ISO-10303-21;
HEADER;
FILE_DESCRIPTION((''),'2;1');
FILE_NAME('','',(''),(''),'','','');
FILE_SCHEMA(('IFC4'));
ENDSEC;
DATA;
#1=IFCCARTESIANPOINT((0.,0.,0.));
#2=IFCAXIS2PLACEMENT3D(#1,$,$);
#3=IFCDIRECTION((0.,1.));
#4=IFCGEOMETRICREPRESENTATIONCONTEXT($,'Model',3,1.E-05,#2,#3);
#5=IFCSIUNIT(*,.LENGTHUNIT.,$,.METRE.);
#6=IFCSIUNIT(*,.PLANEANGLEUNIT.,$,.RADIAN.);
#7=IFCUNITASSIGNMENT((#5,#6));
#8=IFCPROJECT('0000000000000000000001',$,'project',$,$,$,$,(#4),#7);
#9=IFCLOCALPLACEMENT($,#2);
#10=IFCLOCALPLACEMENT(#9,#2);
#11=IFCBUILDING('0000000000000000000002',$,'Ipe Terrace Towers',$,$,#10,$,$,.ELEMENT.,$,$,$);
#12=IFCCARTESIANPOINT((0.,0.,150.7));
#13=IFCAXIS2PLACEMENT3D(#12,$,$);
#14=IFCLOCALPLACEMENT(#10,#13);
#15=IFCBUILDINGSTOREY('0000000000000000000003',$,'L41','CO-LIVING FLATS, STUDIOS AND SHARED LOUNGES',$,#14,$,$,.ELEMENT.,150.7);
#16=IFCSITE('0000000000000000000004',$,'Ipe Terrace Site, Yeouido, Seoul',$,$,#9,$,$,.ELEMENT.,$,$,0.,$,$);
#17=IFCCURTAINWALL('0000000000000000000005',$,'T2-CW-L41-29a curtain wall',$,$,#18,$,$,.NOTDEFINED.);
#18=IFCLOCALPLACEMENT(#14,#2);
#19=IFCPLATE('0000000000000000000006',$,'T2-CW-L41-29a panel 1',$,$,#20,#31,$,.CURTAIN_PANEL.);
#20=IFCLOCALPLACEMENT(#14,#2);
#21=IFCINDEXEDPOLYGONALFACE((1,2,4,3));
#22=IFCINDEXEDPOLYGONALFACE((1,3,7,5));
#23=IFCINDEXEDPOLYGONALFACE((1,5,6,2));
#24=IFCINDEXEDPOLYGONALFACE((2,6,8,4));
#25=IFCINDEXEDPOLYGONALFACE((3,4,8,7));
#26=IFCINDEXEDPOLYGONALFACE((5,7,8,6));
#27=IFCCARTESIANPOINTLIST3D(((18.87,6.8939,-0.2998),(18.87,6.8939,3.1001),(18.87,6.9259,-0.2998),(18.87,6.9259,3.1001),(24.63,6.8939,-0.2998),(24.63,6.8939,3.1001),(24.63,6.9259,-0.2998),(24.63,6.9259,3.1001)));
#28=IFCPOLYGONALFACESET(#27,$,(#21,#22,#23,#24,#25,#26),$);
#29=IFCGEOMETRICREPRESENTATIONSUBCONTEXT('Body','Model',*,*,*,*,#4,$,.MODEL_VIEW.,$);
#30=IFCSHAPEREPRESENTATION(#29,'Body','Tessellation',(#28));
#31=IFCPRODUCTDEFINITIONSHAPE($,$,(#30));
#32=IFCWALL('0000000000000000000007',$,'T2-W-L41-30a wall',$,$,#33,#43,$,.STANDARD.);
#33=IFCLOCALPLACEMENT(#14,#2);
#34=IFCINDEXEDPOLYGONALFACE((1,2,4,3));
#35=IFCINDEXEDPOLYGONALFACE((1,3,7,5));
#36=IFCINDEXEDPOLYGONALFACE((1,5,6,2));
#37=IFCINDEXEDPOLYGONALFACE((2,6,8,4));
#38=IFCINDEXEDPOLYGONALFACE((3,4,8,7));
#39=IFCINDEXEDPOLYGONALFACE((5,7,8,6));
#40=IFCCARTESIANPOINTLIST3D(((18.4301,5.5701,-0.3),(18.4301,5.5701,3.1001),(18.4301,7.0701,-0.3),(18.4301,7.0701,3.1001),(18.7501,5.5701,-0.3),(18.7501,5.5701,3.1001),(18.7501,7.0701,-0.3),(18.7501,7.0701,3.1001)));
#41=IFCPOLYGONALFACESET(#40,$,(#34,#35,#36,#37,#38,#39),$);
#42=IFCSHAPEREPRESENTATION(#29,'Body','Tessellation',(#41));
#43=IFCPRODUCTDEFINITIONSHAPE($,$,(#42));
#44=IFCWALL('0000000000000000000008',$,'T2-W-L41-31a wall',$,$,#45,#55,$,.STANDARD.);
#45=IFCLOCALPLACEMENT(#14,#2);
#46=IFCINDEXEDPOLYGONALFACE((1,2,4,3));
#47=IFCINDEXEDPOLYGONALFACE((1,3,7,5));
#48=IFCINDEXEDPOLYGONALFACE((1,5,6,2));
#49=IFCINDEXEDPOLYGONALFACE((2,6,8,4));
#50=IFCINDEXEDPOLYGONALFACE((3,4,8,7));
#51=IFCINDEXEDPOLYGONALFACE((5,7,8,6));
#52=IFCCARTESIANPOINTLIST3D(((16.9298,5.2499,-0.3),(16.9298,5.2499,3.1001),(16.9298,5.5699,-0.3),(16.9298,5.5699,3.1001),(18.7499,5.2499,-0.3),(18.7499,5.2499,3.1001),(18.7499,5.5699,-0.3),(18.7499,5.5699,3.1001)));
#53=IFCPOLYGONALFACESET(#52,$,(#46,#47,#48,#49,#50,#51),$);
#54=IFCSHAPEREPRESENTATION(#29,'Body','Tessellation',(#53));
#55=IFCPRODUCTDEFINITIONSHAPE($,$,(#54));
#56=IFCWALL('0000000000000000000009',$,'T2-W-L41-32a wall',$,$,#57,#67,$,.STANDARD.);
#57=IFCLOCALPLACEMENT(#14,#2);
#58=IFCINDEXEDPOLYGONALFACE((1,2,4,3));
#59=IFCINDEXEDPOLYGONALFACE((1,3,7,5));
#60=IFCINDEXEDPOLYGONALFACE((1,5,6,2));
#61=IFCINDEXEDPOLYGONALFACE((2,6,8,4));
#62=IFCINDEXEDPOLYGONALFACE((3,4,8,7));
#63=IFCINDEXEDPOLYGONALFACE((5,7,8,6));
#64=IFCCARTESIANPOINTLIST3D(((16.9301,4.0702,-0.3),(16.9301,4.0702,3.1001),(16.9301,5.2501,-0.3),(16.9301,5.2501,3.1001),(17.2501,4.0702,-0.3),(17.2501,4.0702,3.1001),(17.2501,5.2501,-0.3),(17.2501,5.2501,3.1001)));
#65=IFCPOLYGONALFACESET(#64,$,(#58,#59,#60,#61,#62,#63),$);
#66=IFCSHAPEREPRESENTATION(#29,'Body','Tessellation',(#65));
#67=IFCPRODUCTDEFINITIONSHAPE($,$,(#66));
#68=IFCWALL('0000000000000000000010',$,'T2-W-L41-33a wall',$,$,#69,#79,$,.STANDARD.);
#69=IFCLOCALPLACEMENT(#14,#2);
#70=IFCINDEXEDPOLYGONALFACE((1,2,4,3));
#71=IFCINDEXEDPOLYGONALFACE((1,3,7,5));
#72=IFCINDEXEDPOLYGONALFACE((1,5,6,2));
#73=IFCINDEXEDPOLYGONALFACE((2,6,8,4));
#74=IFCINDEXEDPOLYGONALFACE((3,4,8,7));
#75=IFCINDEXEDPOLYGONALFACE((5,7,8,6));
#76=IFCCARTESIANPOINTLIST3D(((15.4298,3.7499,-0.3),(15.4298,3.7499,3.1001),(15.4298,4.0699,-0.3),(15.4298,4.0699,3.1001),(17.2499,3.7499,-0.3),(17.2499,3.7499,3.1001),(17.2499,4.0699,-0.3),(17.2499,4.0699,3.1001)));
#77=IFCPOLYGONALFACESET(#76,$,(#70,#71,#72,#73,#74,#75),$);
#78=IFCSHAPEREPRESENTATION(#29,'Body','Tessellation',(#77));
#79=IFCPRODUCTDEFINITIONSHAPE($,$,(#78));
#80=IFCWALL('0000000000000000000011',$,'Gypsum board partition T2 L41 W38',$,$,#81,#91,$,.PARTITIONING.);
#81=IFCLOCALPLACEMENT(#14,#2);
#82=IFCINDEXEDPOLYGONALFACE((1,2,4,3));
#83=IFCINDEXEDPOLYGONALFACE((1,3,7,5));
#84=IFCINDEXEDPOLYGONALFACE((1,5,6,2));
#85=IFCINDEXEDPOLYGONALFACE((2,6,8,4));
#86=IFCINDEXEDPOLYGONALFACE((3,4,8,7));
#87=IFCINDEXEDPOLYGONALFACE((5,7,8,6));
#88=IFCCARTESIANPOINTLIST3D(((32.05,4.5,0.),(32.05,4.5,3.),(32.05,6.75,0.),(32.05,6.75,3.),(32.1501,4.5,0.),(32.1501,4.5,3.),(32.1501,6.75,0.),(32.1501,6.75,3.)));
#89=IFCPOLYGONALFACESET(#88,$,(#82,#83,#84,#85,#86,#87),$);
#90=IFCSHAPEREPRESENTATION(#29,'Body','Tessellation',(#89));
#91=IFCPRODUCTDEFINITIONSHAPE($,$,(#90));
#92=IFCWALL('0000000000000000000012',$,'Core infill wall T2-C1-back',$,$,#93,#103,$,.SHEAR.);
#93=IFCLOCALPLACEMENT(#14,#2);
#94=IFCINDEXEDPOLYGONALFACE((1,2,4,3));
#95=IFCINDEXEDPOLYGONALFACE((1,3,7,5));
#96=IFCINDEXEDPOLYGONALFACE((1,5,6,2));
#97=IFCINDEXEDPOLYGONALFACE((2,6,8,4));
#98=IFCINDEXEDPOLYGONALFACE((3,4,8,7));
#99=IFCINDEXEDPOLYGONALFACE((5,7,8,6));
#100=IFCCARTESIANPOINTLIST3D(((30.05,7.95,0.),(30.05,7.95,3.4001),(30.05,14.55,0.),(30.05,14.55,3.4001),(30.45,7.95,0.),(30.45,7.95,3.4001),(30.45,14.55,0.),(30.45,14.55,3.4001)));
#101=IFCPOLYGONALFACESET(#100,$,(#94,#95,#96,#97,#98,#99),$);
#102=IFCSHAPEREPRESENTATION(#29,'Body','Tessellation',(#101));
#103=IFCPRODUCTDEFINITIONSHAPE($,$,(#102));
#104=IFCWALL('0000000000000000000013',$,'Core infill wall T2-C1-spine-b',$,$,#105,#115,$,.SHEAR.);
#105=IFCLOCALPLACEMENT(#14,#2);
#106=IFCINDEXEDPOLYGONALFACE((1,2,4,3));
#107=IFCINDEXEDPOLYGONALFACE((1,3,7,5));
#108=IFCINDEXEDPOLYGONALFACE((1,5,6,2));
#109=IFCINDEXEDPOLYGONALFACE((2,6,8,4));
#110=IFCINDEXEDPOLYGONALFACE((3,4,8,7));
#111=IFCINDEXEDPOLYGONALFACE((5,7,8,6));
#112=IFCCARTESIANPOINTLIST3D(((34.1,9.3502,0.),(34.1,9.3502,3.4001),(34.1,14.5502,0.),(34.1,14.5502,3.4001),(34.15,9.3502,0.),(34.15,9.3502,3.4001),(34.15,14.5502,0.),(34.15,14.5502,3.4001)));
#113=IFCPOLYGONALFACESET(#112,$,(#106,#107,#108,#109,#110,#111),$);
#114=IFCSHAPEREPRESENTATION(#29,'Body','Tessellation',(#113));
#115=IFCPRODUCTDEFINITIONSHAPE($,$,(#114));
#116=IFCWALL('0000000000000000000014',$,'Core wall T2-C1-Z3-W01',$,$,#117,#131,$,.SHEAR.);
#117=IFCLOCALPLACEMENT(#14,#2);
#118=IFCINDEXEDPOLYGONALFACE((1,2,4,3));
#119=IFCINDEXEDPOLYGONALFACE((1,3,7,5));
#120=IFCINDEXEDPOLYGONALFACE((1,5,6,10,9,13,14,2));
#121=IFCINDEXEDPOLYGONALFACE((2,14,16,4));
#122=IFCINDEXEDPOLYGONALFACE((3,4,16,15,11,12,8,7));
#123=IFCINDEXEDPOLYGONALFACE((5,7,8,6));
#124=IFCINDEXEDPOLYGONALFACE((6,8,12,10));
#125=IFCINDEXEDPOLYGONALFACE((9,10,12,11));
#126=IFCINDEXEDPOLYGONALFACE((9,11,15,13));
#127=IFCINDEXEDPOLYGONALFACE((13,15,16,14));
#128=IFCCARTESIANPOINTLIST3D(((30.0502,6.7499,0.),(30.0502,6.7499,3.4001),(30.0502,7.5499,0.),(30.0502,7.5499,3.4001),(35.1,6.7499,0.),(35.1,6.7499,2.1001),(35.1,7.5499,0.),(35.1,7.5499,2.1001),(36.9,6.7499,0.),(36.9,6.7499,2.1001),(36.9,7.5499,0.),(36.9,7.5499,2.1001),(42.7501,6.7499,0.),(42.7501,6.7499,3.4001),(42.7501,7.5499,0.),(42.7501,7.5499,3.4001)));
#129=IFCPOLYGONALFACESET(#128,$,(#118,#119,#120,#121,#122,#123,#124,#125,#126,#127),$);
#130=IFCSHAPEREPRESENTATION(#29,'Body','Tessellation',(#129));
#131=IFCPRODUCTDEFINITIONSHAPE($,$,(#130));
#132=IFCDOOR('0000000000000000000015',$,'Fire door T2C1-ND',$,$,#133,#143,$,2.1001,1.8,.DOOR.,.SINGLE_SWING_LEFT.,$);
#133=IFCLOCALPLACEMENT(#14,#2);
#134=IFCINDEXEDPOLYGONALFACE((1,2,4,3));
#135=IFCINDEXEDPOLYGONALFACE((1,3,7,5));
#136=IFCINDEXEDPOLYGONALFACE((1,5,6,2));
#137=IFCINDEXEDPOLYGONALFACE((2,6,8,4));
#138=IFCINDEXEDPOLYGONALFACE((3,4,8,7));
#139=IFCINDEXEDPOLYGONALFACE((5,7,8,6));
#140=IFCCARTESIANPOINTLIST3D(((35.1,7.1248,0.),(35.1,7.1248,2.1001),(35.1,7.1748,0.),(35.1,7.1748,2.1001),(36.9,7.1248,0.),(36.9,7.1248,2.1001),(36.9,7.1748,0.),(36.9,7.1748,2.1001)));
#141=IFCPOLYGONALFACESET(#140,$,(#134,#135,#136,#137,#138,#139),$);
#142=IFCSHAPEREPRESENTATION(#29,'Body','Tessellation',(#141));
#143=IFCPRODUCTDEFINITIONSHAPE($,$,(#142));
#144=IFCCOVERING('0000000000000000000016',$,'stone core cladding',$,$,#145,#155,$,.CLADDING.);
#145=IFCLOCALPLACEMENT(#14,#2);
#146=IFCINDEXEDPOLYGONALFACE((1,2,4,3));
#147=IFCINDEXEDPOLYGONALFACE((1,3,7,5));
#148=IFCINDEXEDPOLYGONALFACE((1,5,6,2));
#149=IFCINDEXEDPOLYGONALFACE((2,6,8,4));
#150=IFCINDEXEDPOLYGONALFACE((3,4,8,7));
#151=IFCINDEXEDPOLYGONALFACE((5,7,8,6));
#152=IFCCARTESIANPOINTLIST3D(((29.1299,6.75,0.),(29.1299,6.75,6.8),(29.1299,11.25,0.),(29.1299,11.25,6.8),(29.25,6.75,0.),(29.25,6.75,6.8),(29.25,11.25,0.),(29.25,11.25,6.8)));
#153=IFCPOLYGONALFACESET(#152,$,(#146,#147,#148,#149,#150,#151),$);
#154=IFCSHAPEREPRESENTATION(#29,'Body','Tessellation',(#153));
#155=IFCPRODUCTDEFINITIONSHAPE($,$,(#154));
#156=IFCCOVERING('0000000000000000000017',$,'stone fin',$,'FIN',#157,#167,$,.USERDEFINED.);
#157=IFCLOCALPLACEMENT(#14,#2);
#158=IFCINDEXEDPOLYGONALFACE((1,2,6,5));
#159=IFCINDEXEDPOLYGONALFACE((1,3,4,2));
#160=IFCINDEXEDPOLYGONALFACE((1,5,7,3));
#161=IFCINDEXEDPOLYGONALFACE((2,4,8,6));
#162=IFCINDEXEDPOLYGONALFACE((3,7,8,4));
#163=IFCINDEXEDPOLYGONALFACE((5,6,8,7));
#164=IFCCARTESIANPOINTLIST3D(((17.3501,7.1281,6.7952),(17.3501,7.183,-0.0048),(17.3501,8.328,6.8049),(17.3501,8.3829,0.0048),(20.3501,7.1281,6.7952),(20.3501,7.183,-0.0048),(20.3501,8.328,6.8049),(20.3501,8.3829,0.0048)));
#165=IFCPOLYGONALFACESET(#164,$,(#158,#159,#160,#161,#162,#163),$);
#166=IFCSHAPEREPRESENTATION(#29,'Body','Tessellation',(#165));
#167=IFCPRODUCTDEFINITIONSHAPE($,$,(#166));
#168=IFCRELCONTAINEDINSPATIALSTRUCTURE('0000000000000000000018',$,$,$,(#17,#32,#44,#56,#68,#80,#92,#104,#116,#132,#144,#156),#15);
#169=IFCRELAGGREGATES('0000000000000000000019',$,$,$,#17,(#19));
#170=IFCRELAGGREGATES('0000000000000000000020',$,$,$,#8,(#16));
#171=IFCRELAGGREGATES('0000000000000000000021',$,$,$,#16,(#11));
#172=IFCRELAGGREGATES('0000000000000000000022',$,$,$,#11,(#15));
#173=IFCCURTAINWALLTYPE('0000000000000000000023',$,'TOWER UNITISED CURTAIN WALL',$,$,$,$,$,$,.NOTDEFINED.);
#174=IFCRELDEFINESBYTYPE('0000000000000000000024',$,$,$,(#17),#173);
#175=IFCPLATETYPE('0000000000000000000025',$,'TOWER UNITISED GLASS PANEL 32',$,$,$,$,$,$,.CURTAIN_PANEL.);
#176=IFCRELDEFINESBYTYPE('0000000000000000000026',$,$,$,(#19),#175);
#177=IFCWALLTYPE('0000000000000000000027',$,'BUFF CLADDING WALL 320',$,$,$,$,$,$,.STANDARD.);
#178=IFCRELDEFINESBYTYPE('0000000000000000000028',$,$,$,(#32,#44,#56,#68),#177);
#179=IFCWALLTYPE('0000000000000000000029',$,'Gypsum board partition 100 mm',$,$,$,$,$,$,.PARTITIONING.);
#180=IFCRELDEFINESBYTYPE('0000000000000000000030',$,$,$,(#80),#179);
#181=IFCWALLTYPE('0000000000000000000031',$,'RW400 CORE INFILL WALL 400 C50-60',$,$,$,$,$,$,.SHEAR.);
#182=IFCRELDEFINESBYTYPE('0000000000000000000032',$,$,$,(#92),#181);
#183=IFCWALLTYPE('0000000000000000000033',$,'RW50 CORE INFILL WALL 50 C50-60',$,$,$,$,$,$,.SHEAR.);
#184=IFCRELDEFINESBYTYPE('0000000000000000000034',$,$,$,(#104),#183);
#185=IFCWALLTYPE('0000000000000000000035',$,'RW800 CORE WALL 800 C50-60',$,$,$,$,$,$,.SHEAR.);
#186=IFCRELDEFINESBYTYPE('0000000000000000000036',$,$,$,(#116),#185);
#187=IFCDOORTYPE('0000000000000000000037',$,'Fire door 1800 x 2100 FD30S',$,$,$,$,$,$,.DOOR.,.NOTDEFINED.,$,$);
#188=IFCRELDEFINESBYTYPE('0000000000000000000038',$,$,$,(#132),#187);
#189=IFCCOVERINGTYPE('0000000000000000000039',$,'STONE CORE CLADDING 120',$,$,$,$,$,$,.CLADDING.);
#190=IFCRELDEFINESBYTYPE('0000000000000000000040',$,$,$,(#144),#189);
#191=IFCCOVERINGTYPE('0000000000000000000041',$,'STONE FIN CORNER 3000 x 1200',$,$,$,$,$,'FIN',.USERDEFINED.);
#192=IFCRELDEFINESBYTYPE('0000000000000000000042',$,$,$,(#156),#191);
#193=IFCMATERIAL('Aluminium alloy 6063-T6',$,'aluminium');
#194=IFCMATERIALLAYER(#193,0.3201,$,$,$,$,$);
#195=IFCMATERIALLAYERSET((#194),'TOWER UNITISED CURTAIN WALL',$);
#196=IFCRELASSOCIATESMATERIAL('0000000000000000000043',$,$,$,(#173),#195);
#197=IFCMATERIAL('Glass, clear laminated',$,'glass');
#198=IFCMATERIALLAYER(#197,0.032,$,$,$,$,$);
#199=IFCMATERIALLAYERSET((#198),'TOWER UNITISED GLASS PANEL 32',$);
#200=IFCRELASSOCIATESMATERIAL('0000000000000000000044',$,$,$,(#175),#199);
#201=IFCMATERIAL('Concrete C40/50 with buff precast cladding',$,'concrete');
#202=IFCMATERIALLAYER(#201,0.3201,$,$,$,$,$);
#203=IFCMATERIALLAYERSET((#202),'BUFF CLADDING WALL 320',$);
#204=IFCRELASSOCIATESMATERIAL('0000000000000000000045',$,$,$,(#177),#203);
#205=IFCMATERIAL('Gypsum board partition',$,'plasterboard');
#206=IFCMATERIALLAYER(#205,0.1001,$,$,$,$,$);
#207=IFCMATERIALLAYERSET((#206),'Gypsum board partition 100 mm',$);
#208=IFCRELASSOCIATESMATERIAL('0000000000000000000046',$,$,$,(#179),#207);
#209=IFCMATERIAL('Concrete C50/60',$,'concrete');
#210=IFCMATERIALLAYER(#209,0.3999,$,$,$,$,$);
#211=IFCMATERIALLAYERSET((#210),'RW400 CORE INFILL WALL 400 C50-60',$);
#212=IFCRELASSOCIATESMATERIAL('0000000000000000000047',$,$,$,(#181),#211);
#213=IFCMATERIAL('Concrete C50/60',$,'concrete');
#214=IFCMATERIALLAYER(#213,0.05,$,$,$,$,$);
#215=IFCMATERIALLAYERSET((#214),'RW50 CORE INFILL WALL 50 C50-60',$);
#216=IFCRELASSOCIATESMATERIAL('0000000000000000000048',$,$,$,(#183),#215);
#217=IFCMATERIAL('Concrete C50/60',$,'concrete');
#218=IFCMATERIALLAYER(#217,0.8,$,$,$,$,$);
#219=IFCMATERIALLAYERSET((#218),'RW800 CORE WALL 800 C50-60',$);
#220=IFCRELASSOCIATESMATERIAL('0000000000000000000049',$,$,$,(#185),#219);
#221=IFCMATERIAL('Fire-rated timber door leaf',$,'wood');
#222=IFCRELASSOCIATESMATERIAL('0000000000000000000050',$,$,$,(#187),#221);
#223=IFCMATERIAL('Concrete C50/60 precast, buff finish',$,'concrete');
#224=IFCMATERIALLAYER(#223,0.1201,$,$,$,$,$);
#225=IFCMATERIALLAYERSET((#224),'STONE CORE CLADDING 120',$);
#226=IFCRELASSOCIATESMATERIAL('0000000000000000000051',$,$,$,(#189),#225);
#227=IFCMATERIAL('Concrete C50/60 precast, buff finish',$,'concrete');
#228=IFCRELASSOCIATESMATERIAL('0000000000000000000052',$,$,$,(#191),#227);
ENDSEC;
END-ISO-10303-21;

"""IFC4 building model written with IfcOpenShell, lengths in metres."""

from ifc_helpers import new_model, si_unit, direction, frame, frame_2d, origin, origin_2d, place, context, subcontext, project, spatial, rectangle, extrude, material, layer, layer_set, material_profile, profile_set, type_object, element, fill, aggregate, save


model = new_model("IFC4")

# Units and contexts
model_context = context("Model", 3, precision=1e-05, world=origin(), true_north=direction((0.0, 1.0)))
body_context = subcontext(model_context, "Body", "Model", "MODEL_VIEW")
ifc_project = project(units=[si_unit("LENGTHUNIT", "METRE"), si_unit("PLANEANGLEUNIT", "RADIAN")], contexts=[model_context])

# Site, building, storey
site_placement = place(None, origin())
site = spatial("IfcSite", under=ifc_project, at=site_placement, Name="Ipe Terrace Site, Yeouido, Seoul", CompositionType="ELEMENT", RefElevation=0.0)
building_placement = place(site_placement, origin())
building = spatial("IfcBuilding", under=site, at=building_placement, Name="Ipe Terrace Towers", CompositionType="ELEMENT")
storey_placement = place(building_placement, frame((0.0, 0.0, 150.7)))
storey = spatial("IfcBuildingStorey", under=building, at=storey_placement, Name="L41", Description="CO-LIVING FLATS, STUDIOS AND SHARED LOUNGES", CompositionType="ELEMENT", Elevation=150.7)

# Curtain wall
ifc_material_1 = material(Name="Aluminium alloy 6063-T6", Category="aluminium")
ifc_layer_1 = layer(ifc_material_1, 0.3201)
ifc_layer_set_1 = layer_set([ifc_layer_1], Name="TOWER UNITISED CURTAIN WALL")
curtain_wall_type = type_object("IfcCurtainWallType", Name="TOWER UNITISED CURTAIN WALL", PredefinedType="NOTDEFINED", material=ifc_layer_set_1)
curtain_wall_1_placement = place(storey_placement, origin())
curtain_wall_1 = element("IfcCurtainWall", 1, at=curtain_wall_1_placement, inside=storey, type_object=curtain_wall_type, Name="T2-CW-L41-29a curtain wall", PredefinedType="NOTDEFINED")

# Plate
ifc_material_2 = material(Name="Glass, clear laminated", Category="glass")
ifc_layer_2 = layer(ifc_material_2, 0.032)
ifc_layer_set_2 = layer_set([ifc_layer_2], Name="TOWER UNITISED GLASS PANEL 32")
plate_type = type_object("IfcPlateType", Name="TOWER UNITISED GLASS PANEL 32", PredefinedType="CURTAIN_PANEL", material=ifc_layer_set_2)
plate_1_placement = place(storey_placement, frame((21.75, 6.9099, -0.2998), z_axis=(0.0, 0.0, 1.0), x_axis=(-1.0, 0.0, 0.0)))
plate_1 = element("IfcPlate", 2, at=plate_1_placement, type_object=plate_type, Name="T2-CW-L41-29a panel 1", PredefinedType="CURTAIN_PANEL", context=body_context, shape_type="SweptSolid", body=[
    extrude(rectangle(XDim=5.76, YDim=0.032, at=origin_2d()), origin(), (0.0, 0.0, 1.0), 3.3999),
])
aggregate(curtain_wall_1, [plate_1])

# Walls
ifc_material_3 = material(Name="Concrete C40/50 with buff precast cladding", Category="concrete")
ifc_layer_3 = layer(ifc_material_3, 0.3201)
ifc_layer_set_3 = layer_set([ifc_layer_3], Name="BUFF CLADDING WALL 320")
wall_type_1 = type_object("IfcWallType", Name="BUFF CLADDING WALL 320", PredefinedType="STANDARD", material=ifc_layer_set_3)
wall_1_placement = place(storey_placement, frame((18.5901, 7.0701, -0.3), z_axis=(0.0, 0.0, 1.0), x_axis=(0.0, -1.0, 0.0)))
element("IfcWall", 3, at=wall_1_placement, inside=storey, type_object=wall_type_1, Name="T2-W-L41-30a wall", PredefinedType="STANDARD", context=body_context, shape_type="SweptSolid", body=[
    extrude(rectangle(XDim=1.5, YDim=0.3201, at=frame_2d((0.75, 0.0))), origin(), (0.0, 0.0, 1.0), 3.4001),
])
wall_2_placement = place(storey_placement, frame((18.75, 5.4099, -0.3), z_axis=(0.0, 0.0, 1.0), x_axis=(-1.0, 0.0, 0.0)))
element("IfcWall", 4, at=wall_2_placement, inside=storey, type_object=wall_type_1, Name="T2-W-L41-31a wall", PredefinedType="STANDARD", context=body_context, shape_type="SweptSolid", body=[
    extrude(rectangle(XDim=1.8201, YDim=0.3201, at=frame_2d((0.9102, 0.0))), origin(), (0.0, 0.0, 1.0), 3.4001),
])
wall_3_placement = place(storey_placement, frame((17.0901, 5.25, -0.3), z_axis=(0.0, 0.0, 1.0), x_axis=(0.0, -1.0, 0.0)))
element("IfcWall", 5, at=wall_3_placement, inside=storey, type_object=wall_type_1, Name="T2-W-L41-32a wall", PredefinedType="STANDARD", context=body_context, shape_type="SweptSolid", body=[
    extrude(rectangle(XDim=1.1799, YDim=0.3201, at=frame_2d((0.5898, 0.0))), origin(), (0.0, 0.0, 1.0), 3.4001),
])
wall_4_placement = place(storey_placement, frame((17.25, 3.9099, -0.3), z_axis=(0.0, 0.0, 1.0), x_axis=(-1.0, 0.0, 0.0)))
element("IfcWall", 6, at=wall_4_placement, inside=storey, type_object=wall_type_1, Name="T2-W-L41-33a wall", PredefinedType="STANDARD", context=body_context, shape_type="SweptSolid", body=[
    extrude(rectangle(XDim=1.8201, YDim=0.3201, at=frame_2d((0.9102, 0.0))), origin(), (0.0, 0.0, 1.0), 3.4001),
])
ifc_material_4 = material(Name="Gypsum board partition", Category="plasterboard")
ifc_layer_4 = layer(ifc_material_4, 0.1001)
ifc_layer_set_4 = layer_set([ifc_layer_4], Name="Gypsum board partition 100 mm")
wall_type_2 = type_object("IfcWallType", Name="Gypsum board partition 100 mm", PredefinedType="PARTITIONING", material=ifc_layer_set_4)
wall_5_placement = place(storey_placement, frame((32.1001, 4.5, 0.0), z_axis=(0.0, 0.0, 1.0), x_axis=(0.0, 1.0, 0.0)))
element("IfcWall", 7, at=wall_5_placement, inside=storey, type_object=wall_type_2, Name="Gypsum board partition T2 L41 W38", PredefinedType="PARTITIONING", context=body_context, shape_type="SweptSolid", body=[
    extrude(rectangle(XDim=2.25, YDim=0.1001, at=frame_2d((1.125, 0.0))), origin(), (0.0, 0.0, 1.0), 3.0),
])
ifc_material_5 = material(Name="Concrete C50/60", Category="concrete")
ifc_layer_5 = layer(ifc_material_5, 0.3999)
ifc_layer_set_5 = layer_set([ifc_layer_5], Name="RW400 CORE INFILL WALL 400 C50-60")
wall_type_3 = type_object("IfcWallType", Name="RW400 CORE INFILL WALL 400 C50-60", PredefinedType="SHEAR", material=ifc_layer_set_5)
wall_6_placement = place(storey_placement, frame((30.25, 7.95, 0.0), z_axis=(0.0, 0.0, 1.0), x_axis=(0.0, 1.0, 0.0)))
element("IfcWall", 8, at=wall_6_placement, inside=storey, type_object=wall_type_3, Name="Core infill wall T2-C1-back", PredefinedType="SHEAR", context=body_context, shape_type="SweptSolid", body=[
    extrude(rectangle(XDim=6.6001, YDim=0.3999, at=frame_2d((3.3, 0.0))), origin(), (0.0, 0.0, 1.0), 3.4001),
])
ifc_material_6 = material(Name="Concrete C50/60", Category="concrete")
ifc_layer_6 = layer(ifc_material_6, 0.05)
ifc_layer_set_6 = layer_set([ifc_layer_6], Name="RW50 CORE INFILL WALL 50 C50-60")
wall_type_4 = type_object("IfcWallType", Name="RW50 CORE INFILL WALL 50 C50-60", PredefinedType="SHEAR", material=ifc_layer_set_6)
wall_7_placement = place(storey_placement, frame((34.125, 9.3501, 0.0), z_axis=(0.0, 0.0, 1.0), x_axis=(0.0, 1.0, 0.0)))
element("IfcWall", 9, at=wall_7_placement, inside=storey, type_object=wall_type_4, Name="Core infill wall T2-C1-spine-b", PredefinedType="SHEAR", context=body_context, shape_type="SweptSolid", body=[
    extrude(rectangle(XDim=5.2, YDim=0.05, at=frame_2d((2.6001, 0.0))), origin(), (0.0, 0.0, 1.0), 3.4001),
])

# Wall, opening, door
ifc_material_7 = material(Name="Concrete C50/60", Category="concrete")
ifc_layer_7 = layer(ifc_material_7, 0.8)
ifc_layer_set_7 = layer_set([ifc_layer_7], Name="RW800 CORE WALL 800 C50-60")
wall_type_5 = type_object("IfcWallType", Name="RW800 CORE WALL 800 C50-60", PredefinedType="SHEAR", material=ifc_layer_set_7)
wall_8_placement = place(storey_placement, frame((30.05, 7.1499, 0.0), z_axis=(0.0, 0.0, 1.0), x_axis=(1.0, 0.0, 0.0)))
wall_8 = element("IfcWall", 10, at=wall_8_placement, inside=storey, type_object=wall_type_5, Name="Core wall T2-C1-Z3-W01", PredefinedType="SHEAR", context=body_context, shape_type="SweptSolid", body=[
    extrude(rectangle(XDim=12.7, YDim=0.8, at=frame_2d((6.3501, 0.0))), origin(), (0.0, 0.0, 1.0), 3.4001),
])
opening_placement = place(wall_8_placement, frame((5.05, 0.0, 0.0)))
opening = element("IfcOpeningElement", 11, at=opening_placement, cuts=wall_8, PredefinedType="OPENING", context=body_context, shape_type="SweptSolid", body=[
    extrude(rectangle(XDim=1.8, YDim=2.1001, at=frame_2d((0.8999, 1.05))), frame((0.0, 0.4102, 0.0), z_axis=(0.0, -1.0, 0.0), x_axis=(1.0, 0.0, 0.0)), (0.0, 0.0, 1.0), 0.8201),
])
ifc_material_8 = material(Name="Fire-rated timber door leaf", Category="wood")
door_type = type_object("IfcDoorType", Name="Fire door 1800 x 2100 FD30S", OperationType="NOTDEFINED", PredefinedType="DOOR", material=ifc_material_8)
door_placement = place(opening_placement, origin())
door = element("IfcDoor", 12, at=door_placement, inside=storey, type_object=door_type, Name="Fire door T2C1-ND", OperationType="SINGLE_SWING_LEFT", OverallHeight=2.1001, OverallWidth=1.8, PredefinedType="DOOR", context=body_context, shape_type="SweptSolid", body=[
    extrude(rectangle(XDim=1.8, YDim=2.1001, at=frame_2d((0.8999, 1.05))), frame((0.0, 0.0249, 0.0), z_axis=(0.0, -1.0, 0.0), x_axis=(1.0, 0.0, 0.0)), (0.0, 0.0, 1.0), 0.05),
])
fill(opening, door)

# Coverings
ifc_material_9 = material(Name="Concrete C50/60 precast, buff finish", Category="concrete")
ifc_layer_8 = layer(ifc_material_9, 0.1201)
ifc_layer_set_8 = layer_set([ifc_layer_8], Name="STONE CORE CLADDING 120")
covering_type_1 = type_object("IfcCoveringType", Name="STONE CORE CLADDING 120", PredefinedType="CLADDING", material=ifc_layer_set_8)
covering_1_placement = place(storey_placement, frame((29.1899, 9.0, 0.0), z_axis=(0.0, 0.0, 1.0), x_axis=(0.0, -1.0, 0.0)))
element("IfcCovering", 13, at=covering_1_placement, inside=storey, type_object=covering_type_1, Name="stone core cladding", PredefinedType="CLADDING", context=body_context, shape_type="SweptSolid", body=[
    extrude(rectangle(XDim=4.5, YDim=0.1201, at=origin_2d()), origin(), (0.0, 0.0, 1.0), 6.8),
])
ifc_material_10 = material(Name="Concrete C50/60 precast, buff finish", Category="concrete")
ifc_material_profile_1 = material_profile(ifc_material_10, rectangle(XDim=3.0, YDim=1.2, at=origin_2d()), Name="STONE FIN CORNER 3000 x 1200")
ifc_profile_set_1 = profile_set([ifc_material_profile_1], Name="Concrete C50/60 precast, buff finish")
covering_type_2 = type_object("IfcCoveringType", Name="STONE FIN CORNER 3000 x 1200", ElementType="FIN", PredefinedType="USERDEFINED", material=ifc_profile_set_1)
covering_2_placement = place(storey_placement, frame((18.8501, 7.783, 0.0), z_axis=(0.0, -0.008078, 0.999967), x_axis=(-1.0, 0.0, 0.0)))
element("IfcCovering", 14, at=covering_2_placement, inside=storey, type_object=covering_type_2, Name="stone fin", ObjectType="FIN", PredefinedType="USERDEFINED", context=body_context, shape_type="SweptSolid", body=[
    extrude(rectangle(XDim=3.0, YDim=1.2, at=origin_2d()), origin(), (0.0, 0.0, 1.0), 6.8003),
])

save(model, "model.ifc")
